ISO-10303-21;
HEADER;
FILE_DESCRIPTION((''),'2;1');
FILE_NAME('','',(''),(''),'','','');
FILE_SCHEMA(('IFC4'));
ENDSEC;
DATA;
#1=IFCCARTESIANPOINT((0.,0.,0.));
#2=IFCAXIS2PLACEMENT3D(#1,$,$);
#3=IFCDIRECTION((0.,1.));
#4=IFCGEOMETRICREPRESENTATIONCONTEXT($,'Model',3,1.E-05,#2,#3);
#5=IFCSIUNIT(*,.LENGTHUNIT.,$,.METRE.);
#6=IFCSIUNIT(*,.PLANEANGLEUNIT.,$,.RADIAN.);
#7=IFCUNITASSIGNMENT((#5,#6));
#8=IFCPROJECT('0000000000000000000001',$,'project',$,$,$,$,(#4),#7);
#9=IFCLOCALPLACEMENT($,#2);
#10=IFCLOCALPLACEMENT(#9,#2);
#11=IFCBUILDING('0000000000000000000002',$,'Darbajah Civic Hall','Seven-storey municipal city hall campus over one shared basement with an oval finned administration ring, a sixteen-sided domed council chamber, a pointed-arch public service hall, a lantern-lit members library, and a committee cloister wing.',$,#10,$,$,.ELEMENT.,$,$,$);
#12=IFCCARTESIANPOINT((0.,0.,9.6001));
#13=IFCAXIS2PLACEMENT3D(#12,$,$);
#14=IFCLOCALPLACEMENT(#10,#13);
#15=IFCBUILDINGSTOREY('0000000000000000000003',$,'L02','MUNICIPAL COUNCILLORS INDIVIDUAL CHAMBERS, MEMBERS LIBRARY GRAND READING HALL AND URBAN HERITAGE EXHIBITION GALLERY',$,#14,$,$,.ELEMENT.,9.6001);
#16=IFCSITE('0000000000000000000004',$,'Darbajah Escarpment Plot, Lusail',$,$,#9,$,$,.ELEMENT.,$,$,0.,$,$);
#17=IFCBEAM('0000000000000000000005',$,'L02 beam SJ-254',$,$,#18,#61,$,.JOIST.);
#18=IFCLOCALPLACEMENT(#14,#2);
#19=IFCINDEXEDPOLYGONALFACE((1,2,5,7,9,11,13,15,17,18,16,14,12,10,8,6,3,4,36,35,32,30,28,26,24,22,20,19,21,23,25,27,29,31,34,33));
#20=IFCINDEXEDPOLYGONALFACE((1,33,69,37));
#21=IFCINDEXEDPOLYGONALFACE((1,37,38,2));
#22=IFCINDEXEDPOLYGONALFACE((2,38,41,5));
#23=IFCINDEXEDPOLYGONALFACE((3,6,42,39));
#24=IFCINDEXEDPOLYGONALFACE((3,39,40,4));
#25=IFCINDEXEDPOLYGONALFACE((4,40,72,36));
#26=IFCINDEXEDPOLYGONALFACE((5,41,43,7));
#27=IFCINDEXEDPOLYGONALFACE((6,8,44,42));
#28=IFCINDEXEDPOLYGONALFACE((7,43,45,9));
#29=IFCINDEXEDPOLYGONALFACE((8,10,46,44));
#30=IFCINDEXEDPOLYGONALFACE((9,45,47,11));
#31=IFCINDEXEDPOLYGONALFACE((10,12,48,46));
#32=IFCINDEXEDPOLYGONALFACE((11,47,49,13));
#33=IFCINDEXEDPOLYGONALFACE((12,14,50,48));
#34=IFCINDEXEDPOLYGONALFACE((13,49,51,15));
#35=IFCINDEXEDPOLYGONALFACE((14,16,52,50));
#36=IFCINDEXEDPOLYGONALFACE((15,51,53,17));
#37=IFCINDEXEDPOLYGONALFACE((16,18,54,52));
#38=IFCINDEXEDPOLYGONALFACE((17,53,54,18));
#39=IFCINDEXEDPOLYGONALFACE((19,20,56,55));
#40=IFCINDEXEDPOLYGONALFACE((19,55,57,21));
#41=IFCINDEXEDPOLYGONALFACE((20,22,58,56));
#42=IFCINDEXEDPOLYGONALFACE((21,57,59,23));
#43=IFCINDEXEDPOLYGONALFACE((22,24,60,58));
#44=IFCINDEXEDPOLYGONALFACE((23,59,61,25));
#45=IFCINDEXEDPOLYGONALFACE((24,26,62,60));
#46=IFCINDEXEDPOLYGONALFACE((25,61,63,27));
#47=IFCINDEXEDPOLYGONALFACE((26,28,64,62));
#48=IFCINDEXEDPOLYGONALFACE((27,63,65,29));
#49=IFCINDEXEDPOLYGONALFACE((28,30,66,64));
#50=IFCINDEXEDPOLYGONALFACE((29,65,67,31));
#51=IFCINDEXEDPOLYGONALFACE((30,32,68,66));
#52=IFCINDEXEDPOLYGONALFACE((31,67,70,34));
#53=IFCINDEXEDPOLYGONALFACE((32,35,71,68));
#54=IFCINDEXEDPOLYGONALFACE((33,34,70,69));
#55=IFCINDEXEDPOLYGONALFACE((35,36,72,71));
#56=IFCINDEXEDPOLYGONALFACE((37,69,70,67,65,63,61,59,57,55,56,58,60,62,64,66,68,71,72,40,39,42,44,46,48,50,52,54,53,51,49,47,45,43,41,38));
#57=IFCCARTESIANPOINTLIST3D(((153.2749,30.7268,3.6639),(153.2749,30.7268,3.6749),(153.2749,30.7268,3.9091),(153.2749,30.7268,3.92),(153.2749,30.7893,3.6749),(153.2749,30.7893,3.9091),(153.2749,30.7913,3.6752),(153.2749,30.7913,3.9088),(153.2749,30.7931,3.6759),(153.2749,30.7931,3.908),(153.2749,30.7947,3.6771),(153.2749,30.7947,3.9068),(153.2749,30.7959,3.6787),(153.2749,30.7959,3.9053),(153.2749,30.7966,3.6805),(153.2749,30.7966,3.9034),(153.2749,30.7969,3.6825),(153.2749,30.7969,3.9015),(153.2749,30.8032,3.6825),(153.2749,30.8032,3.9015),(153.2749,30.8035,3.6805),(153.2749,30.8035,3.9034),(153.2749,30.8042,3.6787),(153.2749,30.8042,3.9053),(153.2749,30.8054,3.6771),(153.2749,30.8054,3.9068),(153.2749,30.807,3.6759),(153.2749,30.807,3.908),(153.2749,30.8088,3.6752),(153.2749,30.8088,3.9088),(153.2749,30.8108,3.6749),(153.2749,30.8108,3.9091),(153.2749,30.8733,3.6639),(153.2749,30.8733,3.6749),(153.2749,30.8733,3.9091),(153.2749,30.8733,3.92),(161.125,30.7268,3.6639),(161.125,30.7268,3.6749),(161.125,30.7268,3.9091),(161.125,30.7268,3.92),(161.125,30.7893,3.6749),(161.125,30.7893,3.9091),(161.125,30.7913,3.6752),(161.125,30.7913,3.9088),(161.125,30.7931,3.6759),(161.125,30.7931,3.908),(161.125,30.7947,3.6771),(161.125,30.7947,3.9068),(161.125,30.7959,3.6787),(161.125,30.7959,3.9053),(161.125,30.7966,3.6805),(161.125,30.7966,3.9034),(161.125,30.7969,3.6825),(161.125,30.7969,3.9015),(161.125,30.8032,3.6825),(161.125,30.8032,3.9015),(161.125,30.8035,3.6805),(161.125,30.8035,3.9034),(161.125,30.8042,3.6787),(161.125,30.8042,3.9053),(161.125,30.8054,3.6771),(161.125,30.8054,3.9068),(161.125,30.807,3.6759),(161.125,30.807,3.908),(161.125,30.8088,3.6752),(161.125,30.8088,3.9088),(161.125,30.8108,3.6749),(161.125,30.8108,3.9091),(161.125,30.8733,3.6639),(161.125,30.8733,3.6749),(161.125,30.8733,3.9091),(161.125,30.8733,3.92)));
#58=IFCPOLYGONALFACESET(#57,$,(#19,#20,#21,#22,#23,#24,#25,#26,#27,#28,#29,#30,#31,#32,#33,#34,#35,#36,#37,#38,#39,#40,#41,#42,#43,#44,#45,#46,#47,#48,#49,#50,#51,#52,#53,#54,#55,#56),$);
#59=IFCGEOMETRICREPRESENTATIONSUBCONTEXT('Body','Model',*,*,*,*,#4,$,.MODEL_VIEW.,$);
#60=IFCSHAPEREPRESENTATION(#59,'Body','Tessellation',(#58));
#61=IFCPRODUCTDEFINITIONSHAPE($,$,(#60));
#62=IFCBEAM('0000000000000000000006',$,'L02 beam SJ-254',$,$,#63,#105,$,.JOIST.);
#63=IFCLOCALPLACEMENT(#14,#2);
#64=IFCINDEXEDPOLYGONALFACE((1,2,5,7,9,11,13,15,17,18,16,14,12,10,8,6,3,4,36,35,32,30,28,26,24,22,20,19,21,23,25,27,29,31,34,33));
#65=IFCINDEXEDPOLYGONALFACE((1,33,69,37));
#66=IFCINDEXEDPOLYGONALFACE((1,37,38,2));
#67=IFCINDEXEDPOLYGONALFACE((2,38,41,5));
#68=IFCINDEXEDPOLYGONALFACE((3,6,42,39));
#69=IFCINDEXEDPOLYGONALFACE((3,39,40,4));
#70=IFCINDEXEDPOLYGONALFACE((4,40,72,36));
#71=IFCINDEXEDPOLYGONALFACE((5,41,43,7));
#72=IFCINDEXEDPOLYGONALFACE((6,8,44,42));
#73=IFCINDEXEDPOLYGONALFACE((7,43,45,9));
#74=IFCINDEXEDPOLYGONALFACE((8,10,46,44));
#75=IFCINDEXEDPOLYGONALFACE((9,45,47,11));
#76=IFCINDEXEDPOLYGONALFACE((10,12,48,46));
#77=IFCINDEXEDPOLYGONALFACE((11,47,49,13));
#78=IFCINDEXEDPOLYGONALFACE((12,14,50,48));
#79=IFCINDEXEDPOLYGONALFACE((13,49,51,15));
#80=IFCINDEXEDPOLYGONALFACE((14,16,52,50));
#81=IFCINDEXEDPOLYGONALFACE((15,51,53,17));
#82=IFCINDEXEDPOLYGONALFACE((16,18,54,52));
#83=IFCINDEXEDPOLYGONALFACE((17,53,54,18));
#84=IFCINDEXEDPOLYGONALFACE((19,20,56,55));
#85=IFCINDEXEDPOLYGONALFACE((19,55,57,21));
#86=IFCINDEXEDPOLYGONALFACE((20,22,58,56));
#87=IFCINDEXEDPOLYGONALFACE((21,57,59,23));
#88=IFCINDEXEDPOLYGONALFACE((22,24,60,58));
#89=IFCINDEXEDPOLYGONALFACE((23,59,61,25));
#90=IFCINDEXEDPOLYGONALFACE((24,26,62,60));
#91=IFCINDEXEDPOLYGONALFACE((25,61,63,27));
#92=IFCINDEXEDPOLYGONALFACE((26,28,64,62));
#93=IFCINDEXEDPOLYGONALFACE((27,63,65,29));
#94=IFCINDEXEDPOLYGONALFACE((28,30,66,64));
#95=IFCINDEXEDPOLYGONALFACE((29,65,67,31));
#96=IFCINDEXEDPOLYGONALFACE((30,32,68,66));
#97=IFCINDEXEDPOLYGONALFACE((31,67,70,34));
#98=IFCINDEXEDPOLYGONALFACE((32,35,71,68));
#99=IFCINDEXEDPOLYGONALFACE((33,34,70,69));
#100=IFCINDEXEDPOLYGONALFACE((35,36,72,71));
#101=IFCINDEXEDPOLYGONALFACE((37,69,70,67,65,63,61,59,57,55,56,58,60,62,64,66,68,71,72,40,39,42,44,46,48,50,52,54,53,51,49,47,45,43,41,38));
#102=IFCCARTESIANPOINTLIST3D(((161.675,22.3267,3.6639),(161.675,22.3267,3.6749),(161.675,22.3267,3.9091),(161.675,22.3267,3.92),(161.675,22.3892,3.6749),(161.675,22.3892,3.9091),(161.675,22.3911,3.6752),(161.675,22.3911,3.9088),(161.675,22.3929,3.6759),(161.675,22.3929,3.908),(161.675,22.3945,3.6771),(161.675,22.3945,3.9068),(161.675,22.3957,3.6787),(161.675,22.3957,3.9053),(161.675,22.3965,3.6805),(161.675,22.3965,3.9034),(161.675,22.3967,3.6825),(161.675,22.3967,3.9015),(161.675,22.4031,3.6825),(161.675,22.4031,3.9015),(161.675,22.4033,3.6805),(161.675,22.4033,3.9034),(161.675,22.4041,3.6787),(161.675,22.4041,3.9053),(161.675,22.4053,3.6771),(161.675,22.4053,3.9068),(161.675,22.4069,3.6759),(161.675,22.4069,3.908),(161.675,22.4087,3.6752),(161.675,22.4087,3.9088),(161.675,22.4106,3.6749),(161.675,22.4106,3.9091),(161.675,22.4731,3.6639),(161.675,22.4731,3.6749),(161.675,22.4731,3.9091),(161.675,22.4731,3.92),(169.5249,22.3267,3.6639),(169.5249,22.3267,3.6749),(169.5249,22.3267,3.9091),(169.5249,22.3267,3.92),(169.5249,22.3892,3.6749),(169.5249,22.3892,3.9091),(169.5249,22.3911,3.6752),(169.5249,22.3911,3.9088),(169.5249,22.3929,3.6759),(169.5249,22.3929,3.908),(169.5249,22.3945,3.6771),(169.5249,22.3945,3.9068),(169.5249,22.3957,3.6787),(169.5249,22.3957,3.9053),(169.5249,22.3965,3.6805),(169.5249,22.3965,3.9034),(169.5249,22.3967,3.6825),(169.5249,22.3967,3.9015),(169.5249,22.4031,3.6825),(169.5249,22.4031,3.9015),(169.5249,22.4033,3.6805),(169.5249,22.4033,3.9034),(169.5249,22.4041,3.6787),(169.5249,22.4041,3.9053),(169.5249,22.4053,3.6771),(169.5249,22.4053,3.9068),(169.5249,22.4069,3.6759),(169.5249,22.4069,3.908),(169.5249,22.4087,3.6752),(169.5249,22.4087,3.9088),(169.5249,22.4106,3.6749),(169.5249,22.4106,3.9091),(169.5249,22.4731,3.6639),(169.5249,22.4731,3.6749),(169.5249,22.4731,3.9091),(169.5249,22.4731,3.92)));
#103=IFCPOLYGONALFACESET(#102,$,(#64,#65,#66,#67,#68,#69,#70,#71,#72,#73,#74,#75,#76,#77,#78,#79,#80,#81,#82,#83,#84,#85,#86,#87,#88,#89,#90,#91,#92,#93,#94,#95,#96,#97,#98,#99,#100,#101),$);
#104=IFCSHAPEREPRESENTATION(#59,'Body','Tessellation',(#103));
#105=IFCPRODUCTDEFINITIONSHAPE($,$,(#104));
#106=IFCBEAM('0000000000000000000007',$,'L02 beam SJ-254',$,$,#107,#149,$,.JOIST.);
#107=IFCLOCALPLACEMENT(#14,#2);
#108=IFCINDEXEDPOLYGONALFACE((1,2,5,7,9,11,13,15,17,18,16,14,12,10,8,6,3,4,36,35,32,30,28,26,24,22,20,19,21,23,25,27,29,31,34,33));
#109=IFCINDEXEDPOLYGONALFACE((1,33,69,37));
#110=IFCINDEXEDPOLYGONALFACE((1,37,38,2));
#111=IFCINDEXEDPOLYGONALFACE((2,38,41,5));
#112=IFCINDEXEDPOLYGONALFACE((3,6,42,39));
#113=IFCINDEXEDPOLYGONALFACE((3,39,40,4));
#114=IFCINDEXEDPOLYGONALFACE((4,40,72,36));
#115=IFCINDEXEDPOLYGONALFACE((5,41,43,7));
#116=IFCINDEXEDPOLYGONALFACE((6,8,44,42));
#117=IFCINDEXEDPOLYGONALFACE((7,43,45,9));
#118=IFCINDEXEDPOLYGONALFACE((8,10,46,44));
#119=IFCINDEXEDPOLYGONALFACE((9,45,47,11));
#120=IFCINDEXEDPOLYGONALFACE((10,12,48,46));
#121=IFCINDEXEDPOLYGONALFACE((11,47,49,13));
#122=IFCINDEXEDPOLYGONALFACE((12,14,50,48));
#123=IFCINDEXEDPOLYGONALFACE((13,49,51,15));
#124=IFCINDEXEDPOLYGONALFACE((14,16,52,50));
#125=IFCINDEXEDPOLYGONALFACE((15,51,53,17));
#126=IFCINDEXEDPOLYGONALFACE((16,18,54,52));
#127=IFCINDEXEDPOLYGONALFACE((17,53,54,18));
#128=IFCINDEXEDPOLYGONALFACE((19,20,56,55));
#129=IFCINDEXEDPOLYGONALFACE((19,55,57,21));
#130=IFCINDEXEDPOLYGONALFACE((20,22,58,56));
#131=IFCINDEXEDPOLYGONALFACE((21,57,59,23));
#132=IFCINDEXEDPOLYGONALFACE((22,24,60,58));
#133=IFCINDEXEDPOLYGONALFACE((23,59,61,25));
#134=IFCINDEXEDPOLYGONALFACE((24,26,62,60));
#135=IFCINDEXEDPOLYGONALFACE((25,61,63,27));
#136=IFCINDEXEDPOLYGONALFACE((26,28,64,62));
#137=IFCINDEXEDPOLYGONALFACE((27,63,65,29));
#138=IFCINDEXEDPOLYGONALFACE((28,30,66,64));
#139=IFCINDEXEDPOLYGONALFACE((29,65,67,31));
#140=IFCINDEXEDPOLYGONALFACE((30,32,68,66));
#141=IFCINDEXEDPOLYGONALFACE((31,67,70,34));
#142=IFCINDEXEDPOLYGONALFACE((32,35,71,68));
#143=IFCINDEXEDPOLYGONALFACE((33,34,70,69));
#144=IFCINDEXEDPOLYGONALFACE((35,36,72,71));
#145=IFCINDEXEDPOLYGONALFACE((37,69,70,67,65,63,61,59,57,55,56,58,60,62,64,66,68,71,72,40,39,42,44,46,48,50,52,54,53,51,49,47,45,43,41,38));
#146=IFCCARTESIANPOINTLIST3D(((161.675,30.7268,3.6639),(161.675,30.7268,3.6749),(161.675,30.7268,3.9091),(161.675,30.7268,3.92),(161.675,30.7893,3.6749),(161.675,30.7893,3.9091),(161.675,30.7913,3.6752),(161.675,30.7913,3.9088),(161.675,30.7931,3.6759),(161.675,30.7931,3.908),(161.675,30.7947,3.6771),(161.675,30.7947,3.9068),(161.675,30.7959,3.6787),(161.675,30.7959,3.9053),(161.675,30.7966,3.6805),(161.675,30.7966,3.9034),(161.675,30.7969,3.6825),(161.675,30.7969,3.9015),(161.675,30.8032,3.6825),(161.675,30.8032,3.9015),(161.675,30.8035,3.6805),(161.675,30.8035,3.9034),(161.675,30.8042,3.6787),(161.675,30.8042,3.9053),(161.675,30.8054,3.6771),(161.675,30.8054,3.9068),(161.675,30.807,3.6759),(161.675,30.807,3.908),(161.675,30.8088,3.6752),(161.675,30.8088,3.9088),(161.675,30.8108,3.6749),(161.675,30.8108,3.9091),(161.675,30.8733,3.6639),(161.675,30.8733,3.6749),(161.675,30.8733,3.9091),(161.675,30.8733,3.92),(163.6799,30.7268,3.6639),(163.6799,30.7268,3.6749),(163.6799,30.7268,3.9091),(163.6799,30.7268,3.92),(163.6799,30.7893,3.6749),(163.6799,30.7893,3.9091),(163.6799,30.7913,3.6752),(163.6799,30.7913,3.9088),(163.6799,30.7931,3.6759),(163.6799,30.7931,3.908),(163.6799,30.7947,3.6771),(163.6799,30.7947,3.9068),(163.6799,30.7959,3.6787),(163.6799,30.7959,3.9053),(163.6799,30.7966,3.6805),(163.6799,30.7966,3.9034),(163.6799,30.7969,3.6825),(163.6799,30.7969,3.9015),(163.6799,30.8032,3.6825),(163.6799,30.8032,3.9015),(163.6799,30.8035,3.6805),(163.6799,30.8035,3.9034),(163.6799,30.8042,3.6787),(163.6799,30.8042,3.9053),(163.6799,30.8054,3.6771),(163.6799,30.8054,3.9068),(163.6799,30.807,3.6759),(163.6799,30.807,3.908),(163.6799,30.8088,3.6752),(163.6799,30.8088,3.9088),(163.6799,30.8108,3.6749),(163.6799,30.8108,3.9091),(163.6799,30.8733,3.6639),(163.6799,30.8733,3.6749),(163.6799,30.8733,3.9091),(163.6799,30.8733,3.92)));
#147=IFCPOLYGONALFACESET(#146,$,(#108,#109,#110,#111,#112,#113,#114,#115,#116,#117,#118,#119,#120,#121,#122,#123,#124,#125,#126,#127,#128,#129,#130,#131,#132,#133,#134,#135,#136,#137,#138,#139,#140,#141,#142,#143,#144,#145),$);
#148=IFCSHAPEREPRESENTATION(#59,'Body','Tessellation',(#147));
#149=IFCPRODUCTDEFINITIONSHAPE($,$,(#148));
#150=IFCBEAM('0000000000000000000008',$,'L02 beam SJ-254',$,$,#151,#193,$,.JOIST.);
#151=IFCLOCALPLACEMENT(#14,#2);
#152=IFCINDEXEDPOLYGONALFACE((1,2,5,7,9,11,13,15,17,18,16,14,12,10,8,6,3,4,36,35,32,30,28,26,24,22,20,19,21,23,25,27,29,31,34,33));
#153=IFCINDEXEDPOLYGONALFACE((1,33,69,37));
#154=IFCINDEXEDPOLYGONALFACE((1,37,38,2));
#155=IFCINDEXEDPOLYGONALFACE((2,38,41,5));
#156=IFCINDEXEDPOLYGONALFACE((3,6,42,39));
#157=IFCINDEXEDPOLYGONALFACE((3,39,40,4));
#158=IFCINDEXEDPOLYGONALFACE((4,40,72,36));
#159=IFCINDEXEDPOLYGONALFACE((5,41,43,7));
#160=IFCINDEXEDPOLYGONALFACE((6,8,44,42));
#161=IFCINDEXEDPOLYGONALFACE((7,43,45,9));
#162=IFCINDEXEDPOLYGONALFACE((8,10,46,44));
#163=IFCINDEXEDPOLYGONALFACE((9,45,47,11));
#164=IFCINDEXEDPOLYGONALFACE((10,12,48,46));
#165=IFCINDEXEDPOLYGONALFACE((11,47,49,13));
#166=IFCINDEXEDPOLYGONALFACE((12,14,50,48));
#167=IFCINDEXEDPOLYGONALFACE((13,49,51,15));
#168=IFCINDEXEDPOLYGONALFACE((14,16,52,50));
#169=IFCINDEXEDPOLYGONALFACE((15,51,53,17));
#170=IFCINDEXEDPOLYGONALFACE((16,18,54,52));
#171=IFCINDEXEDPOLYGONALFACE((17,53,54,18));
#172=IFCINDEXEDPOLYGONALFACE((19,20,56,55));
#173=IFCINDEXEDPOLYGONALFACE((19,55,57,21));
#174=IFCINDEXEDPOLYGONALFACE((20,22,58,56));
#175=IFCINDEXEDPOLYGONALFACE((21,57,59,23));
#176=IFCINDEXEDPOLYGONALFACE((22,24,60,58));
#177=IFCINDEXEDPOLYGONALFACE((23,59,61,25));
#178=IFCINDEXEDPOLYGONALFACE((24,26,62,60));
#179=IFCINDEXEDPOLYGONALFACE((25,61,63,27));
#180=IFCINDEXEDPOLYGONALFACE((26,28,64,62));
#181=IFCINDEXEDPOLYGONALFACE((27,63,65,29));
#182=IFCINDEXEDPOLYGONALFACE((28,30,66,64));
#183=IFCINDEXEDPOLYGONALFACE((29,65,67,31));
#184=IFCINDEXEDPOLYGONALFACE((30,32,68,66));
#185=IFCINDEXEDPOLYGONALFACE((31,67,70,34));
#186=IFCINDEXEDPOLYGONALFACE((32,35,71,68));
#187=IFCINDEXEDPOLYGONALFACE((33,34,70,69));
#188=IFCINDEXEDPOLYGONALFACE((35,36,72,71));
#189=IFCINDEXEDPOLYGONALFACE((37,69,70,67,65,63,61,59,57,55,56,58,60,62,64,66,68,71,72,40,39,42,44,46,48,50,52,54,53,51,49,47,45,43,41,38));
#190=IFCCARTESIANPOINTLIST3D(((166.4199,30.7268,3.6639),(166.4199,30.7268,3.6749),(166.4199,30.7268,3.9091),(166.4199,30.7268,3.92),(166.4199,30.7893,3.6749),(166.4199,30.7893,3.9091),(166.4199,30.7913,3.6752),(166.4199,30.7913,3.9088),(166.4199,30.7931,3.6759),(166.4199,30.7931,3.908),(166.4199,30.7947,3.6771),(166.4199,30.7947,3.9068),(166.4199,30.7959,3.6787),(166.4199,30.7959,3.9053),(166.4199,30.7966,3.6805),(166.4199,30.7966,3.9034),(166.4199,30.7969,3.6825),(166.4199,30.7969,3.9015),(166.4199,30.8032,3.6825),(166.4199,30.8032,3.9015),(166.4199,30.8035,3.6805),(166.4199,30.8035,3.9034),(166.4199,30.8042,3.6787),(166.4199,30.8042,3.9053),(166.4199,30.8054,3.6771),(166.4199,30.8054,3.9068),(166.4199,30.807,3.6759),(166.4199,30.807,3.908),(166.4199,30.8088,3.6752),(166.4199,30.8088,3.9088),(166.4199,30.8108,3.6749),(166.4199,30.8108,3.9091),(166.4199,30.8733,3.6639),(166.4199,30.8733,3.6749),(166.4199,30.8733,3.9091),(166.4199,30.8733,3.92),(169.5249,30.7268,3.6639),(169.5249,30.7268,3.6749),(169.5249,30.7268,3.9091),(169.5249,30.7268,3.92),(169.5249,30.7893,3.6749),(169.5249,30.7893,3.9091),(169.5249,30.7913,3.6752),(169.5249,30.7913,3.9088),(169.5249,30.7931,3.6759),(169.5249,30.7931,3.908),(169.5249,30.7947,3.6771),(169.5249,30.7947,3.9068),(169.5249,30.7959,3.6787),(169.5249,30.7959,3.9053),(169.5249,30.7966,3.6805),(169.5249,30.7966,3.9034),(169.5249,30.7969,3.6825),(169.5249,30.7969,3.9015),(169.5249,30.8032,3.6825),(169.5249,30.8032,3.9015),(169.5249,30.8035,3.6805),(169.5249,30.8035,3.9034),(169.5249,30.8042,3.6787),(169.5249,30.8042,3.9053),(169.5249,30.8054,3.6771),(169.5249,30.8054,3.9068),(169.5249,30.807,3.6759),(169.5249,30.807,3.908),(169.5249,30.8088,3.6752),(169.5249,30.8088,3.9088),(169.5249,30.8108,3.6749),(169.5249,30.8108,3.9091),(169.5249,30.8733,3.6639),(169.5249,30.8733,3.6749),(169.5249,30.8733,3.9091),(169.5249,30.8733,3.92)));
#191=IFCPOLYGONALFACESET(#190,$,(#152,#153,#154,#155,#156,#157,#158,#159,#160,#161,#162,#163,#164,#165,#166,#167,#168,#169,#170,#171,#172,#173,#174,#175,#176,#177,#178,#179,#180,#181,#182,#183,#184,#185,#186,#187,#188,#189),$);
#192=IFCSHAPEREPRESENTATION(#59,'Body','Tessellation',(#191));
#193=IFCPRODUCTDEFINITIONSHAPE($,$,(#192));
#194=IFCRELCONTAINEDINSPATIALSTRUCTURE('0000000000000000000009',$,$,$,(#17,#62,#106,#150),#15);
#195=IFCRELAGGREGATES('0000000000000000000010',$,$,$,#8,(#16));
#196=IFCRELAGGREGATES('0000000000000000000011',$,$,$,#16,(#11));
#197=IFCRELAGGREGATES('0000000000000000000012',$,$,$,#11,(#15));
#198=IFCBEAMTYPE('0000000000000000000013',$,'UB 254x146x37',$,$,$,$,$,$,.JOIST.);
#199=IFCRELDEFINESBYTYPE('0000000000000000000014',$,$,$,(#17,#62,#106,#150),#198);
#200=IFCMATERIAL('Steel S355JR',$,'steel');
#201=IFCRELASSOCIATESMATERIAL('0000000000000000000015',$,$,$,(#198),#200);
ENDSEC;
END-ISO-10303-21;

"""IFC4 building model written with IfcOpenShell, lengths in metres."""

from ifc_helpers import new_model, si_unit, direction, frame, origin, origin_2d, place, context, subcontext, project, spatial, i_section, extrude, material, material_profile, profile_set, type_object, element, save


model = new_model("IFC4")

# Units and contexts
model_context = context("Model", 3, precision=1e-05, world=origin(), true_north=direction((0.0, 1.0)))
body_context = subcontext(model_context, "Body", "Model", "MODEL_VIEW")
ifc_project = project(units=[si_unit("LENGTHUNIT", "METRE"), si_unit("PLANEANGLEUNIT", "RADIAN")], contexts=[model_context])

# Site, building, storey
site_placement = place(None, origin())
site = spatial("IfcSite", under=ifc_project, at=site_placement, Name="Darbajah Escarpment Plot, Lusail", CompositionType="ELEMENT", RefElevation=0.0)
building_placement = place(site_placement, origin())
building = spatial("IfcBuilding", under=site, at=building_placement, Name="Darbajah Civic Hall", Description="Seven-storey municipal city hall campus over one shared basement with an oval finned administration ring, a sixteen-sided domed council chamber, a pointed-arch public service hall, a lantern-lit members library, and a committee cloister wing.", CompositionType="ELEMENT")
storey_placement = place(building_placement, frame((0.0, 0.0, 9.6001)))
storey = spatial("IfcBuildingStorey", under=building, at=storey_placement, Name="L02", Description="MUNICIPAL COUNCILLORS INDIVIDUAL CHAMBERS, MEMBERS LIBRARY GRAND READING HALL AND URBAN HERITAGE EXHIBITION GALLERY", CompositionType="ELEMENT", Elevation=9.6001)

# Shared definitions
ifc_material_1 = material(Name="Steel S355JR", Category="steel")

# Beams
ifc_material_profile_1 = material_profile(ifc_material_1, i_section(OverallWidth=0.1465, OverallDepth=0.2561, WebThickness=0.0063, FlangeThickness=0.011, FilletRadius=0.0076, at=origin_2d()), Name="UB 254x146x37")
ifc_profile_set_1 = profile_set([ifc_material_profile_1], Name="Steel S355JR")
beam_type_1 = type_object("IfcBeamType", Name="UB 254x146x37", PredefinedType="JOIST", material=ifc_profile_set_1)
for number, where, z_axis, x_axis, name in (
    (1, (153.2749, 30.8, 3.792), (1.0, 0.0, 0.0), (0.0, 1.0, 0.0), "L02 beam SJ-254"),
):
    element("IfcBeam", number, at=place(storey_placement, frame(where, z_axis=z_axis, x_axis=x_axis)), inside=storey, type_object=beam_type_1, Name=name, PredefinedType="JOIST", context=body_context, shape_type="SweptSolid", body=[
        extrude(i_section(OverallWidth=0.1465, OverallDepth=0.2561, WebThickness=0.0063, FlangeThickness=0.011, FilletRadius=0.0076, at=origin_2d()), origin(), (0.0, 0.0, 1.0), 7.8501),
    ])
beam_1_placement = place(storey_placement, frame((161.675, 22.3999, 3.792), z_axis=(1.0, 0.0, 0.0), x_axis=(0.0, 1.0, 0.0)))
element("IfcBeam", 2, at=beam_1_placement, inside=storey, type_object=beam_type_1, Name="L02 beam SJ-254", PredefinedType="JOIST", context=body_context, shape_type="SweptSolid", body=[
    extrude(i_section(OverallWidth=0.1465, OverallDepth=0.2561, WebThickness=0.0063, FlangeThickness=0.011, FilletRadius=0.0076, at=origin_2d()), origin(), (0.0, 0.0, 1.0), 7.8499),
])
beam_2_placement = place(storey_placement, frame((161.675, 30.8, 3.792), z_axis=(1.0, 0.0, 0.0), x_axis=(0.0, 1.0, 0.0)))
element("IfcBeam", 3, at=beam_2_placement, inside=storey, type_object=beam_type_1, Name="L02 beam SJ-254", PredefinedType="JOIST", context=body_context, shape_type="SweptSolid", body=[
    extrude(i_section(OverallWidth=0.1465, OverallDepth=0.2561, WebThickness=0.0063, FlangeThickness=0.011, FilletRadius=0.0076, at=origin_2d()), origin(), (0.0, 0.0, 1.0), 2.0049),
])
beam_3_placement = place(storey_placement, frame((166.4199, 30.8, 3.792), z_axis=(1.0, 0.0, 0.0), x_axis=(0.0, 1.0, 0.0)))
element("IfcBeam", 4, at=beam_3_placement, inside=storey, type_object=beam_type_1, Name="L02 beam SJ-254", PredefinedType="JOIST", context=body_context, shape_type="SweptSolid", body=[
    extrude(i_section(OverallWidth=0.1465, OverallDepth=0.2561, WebThickness=0.0063, FlangeThickness=0.011, FilletRadius=0.0076, at=origin_2d()), origin(), (0.0, 0.0, 1.0), 3.105),
])

save(model, "model.ifc")
